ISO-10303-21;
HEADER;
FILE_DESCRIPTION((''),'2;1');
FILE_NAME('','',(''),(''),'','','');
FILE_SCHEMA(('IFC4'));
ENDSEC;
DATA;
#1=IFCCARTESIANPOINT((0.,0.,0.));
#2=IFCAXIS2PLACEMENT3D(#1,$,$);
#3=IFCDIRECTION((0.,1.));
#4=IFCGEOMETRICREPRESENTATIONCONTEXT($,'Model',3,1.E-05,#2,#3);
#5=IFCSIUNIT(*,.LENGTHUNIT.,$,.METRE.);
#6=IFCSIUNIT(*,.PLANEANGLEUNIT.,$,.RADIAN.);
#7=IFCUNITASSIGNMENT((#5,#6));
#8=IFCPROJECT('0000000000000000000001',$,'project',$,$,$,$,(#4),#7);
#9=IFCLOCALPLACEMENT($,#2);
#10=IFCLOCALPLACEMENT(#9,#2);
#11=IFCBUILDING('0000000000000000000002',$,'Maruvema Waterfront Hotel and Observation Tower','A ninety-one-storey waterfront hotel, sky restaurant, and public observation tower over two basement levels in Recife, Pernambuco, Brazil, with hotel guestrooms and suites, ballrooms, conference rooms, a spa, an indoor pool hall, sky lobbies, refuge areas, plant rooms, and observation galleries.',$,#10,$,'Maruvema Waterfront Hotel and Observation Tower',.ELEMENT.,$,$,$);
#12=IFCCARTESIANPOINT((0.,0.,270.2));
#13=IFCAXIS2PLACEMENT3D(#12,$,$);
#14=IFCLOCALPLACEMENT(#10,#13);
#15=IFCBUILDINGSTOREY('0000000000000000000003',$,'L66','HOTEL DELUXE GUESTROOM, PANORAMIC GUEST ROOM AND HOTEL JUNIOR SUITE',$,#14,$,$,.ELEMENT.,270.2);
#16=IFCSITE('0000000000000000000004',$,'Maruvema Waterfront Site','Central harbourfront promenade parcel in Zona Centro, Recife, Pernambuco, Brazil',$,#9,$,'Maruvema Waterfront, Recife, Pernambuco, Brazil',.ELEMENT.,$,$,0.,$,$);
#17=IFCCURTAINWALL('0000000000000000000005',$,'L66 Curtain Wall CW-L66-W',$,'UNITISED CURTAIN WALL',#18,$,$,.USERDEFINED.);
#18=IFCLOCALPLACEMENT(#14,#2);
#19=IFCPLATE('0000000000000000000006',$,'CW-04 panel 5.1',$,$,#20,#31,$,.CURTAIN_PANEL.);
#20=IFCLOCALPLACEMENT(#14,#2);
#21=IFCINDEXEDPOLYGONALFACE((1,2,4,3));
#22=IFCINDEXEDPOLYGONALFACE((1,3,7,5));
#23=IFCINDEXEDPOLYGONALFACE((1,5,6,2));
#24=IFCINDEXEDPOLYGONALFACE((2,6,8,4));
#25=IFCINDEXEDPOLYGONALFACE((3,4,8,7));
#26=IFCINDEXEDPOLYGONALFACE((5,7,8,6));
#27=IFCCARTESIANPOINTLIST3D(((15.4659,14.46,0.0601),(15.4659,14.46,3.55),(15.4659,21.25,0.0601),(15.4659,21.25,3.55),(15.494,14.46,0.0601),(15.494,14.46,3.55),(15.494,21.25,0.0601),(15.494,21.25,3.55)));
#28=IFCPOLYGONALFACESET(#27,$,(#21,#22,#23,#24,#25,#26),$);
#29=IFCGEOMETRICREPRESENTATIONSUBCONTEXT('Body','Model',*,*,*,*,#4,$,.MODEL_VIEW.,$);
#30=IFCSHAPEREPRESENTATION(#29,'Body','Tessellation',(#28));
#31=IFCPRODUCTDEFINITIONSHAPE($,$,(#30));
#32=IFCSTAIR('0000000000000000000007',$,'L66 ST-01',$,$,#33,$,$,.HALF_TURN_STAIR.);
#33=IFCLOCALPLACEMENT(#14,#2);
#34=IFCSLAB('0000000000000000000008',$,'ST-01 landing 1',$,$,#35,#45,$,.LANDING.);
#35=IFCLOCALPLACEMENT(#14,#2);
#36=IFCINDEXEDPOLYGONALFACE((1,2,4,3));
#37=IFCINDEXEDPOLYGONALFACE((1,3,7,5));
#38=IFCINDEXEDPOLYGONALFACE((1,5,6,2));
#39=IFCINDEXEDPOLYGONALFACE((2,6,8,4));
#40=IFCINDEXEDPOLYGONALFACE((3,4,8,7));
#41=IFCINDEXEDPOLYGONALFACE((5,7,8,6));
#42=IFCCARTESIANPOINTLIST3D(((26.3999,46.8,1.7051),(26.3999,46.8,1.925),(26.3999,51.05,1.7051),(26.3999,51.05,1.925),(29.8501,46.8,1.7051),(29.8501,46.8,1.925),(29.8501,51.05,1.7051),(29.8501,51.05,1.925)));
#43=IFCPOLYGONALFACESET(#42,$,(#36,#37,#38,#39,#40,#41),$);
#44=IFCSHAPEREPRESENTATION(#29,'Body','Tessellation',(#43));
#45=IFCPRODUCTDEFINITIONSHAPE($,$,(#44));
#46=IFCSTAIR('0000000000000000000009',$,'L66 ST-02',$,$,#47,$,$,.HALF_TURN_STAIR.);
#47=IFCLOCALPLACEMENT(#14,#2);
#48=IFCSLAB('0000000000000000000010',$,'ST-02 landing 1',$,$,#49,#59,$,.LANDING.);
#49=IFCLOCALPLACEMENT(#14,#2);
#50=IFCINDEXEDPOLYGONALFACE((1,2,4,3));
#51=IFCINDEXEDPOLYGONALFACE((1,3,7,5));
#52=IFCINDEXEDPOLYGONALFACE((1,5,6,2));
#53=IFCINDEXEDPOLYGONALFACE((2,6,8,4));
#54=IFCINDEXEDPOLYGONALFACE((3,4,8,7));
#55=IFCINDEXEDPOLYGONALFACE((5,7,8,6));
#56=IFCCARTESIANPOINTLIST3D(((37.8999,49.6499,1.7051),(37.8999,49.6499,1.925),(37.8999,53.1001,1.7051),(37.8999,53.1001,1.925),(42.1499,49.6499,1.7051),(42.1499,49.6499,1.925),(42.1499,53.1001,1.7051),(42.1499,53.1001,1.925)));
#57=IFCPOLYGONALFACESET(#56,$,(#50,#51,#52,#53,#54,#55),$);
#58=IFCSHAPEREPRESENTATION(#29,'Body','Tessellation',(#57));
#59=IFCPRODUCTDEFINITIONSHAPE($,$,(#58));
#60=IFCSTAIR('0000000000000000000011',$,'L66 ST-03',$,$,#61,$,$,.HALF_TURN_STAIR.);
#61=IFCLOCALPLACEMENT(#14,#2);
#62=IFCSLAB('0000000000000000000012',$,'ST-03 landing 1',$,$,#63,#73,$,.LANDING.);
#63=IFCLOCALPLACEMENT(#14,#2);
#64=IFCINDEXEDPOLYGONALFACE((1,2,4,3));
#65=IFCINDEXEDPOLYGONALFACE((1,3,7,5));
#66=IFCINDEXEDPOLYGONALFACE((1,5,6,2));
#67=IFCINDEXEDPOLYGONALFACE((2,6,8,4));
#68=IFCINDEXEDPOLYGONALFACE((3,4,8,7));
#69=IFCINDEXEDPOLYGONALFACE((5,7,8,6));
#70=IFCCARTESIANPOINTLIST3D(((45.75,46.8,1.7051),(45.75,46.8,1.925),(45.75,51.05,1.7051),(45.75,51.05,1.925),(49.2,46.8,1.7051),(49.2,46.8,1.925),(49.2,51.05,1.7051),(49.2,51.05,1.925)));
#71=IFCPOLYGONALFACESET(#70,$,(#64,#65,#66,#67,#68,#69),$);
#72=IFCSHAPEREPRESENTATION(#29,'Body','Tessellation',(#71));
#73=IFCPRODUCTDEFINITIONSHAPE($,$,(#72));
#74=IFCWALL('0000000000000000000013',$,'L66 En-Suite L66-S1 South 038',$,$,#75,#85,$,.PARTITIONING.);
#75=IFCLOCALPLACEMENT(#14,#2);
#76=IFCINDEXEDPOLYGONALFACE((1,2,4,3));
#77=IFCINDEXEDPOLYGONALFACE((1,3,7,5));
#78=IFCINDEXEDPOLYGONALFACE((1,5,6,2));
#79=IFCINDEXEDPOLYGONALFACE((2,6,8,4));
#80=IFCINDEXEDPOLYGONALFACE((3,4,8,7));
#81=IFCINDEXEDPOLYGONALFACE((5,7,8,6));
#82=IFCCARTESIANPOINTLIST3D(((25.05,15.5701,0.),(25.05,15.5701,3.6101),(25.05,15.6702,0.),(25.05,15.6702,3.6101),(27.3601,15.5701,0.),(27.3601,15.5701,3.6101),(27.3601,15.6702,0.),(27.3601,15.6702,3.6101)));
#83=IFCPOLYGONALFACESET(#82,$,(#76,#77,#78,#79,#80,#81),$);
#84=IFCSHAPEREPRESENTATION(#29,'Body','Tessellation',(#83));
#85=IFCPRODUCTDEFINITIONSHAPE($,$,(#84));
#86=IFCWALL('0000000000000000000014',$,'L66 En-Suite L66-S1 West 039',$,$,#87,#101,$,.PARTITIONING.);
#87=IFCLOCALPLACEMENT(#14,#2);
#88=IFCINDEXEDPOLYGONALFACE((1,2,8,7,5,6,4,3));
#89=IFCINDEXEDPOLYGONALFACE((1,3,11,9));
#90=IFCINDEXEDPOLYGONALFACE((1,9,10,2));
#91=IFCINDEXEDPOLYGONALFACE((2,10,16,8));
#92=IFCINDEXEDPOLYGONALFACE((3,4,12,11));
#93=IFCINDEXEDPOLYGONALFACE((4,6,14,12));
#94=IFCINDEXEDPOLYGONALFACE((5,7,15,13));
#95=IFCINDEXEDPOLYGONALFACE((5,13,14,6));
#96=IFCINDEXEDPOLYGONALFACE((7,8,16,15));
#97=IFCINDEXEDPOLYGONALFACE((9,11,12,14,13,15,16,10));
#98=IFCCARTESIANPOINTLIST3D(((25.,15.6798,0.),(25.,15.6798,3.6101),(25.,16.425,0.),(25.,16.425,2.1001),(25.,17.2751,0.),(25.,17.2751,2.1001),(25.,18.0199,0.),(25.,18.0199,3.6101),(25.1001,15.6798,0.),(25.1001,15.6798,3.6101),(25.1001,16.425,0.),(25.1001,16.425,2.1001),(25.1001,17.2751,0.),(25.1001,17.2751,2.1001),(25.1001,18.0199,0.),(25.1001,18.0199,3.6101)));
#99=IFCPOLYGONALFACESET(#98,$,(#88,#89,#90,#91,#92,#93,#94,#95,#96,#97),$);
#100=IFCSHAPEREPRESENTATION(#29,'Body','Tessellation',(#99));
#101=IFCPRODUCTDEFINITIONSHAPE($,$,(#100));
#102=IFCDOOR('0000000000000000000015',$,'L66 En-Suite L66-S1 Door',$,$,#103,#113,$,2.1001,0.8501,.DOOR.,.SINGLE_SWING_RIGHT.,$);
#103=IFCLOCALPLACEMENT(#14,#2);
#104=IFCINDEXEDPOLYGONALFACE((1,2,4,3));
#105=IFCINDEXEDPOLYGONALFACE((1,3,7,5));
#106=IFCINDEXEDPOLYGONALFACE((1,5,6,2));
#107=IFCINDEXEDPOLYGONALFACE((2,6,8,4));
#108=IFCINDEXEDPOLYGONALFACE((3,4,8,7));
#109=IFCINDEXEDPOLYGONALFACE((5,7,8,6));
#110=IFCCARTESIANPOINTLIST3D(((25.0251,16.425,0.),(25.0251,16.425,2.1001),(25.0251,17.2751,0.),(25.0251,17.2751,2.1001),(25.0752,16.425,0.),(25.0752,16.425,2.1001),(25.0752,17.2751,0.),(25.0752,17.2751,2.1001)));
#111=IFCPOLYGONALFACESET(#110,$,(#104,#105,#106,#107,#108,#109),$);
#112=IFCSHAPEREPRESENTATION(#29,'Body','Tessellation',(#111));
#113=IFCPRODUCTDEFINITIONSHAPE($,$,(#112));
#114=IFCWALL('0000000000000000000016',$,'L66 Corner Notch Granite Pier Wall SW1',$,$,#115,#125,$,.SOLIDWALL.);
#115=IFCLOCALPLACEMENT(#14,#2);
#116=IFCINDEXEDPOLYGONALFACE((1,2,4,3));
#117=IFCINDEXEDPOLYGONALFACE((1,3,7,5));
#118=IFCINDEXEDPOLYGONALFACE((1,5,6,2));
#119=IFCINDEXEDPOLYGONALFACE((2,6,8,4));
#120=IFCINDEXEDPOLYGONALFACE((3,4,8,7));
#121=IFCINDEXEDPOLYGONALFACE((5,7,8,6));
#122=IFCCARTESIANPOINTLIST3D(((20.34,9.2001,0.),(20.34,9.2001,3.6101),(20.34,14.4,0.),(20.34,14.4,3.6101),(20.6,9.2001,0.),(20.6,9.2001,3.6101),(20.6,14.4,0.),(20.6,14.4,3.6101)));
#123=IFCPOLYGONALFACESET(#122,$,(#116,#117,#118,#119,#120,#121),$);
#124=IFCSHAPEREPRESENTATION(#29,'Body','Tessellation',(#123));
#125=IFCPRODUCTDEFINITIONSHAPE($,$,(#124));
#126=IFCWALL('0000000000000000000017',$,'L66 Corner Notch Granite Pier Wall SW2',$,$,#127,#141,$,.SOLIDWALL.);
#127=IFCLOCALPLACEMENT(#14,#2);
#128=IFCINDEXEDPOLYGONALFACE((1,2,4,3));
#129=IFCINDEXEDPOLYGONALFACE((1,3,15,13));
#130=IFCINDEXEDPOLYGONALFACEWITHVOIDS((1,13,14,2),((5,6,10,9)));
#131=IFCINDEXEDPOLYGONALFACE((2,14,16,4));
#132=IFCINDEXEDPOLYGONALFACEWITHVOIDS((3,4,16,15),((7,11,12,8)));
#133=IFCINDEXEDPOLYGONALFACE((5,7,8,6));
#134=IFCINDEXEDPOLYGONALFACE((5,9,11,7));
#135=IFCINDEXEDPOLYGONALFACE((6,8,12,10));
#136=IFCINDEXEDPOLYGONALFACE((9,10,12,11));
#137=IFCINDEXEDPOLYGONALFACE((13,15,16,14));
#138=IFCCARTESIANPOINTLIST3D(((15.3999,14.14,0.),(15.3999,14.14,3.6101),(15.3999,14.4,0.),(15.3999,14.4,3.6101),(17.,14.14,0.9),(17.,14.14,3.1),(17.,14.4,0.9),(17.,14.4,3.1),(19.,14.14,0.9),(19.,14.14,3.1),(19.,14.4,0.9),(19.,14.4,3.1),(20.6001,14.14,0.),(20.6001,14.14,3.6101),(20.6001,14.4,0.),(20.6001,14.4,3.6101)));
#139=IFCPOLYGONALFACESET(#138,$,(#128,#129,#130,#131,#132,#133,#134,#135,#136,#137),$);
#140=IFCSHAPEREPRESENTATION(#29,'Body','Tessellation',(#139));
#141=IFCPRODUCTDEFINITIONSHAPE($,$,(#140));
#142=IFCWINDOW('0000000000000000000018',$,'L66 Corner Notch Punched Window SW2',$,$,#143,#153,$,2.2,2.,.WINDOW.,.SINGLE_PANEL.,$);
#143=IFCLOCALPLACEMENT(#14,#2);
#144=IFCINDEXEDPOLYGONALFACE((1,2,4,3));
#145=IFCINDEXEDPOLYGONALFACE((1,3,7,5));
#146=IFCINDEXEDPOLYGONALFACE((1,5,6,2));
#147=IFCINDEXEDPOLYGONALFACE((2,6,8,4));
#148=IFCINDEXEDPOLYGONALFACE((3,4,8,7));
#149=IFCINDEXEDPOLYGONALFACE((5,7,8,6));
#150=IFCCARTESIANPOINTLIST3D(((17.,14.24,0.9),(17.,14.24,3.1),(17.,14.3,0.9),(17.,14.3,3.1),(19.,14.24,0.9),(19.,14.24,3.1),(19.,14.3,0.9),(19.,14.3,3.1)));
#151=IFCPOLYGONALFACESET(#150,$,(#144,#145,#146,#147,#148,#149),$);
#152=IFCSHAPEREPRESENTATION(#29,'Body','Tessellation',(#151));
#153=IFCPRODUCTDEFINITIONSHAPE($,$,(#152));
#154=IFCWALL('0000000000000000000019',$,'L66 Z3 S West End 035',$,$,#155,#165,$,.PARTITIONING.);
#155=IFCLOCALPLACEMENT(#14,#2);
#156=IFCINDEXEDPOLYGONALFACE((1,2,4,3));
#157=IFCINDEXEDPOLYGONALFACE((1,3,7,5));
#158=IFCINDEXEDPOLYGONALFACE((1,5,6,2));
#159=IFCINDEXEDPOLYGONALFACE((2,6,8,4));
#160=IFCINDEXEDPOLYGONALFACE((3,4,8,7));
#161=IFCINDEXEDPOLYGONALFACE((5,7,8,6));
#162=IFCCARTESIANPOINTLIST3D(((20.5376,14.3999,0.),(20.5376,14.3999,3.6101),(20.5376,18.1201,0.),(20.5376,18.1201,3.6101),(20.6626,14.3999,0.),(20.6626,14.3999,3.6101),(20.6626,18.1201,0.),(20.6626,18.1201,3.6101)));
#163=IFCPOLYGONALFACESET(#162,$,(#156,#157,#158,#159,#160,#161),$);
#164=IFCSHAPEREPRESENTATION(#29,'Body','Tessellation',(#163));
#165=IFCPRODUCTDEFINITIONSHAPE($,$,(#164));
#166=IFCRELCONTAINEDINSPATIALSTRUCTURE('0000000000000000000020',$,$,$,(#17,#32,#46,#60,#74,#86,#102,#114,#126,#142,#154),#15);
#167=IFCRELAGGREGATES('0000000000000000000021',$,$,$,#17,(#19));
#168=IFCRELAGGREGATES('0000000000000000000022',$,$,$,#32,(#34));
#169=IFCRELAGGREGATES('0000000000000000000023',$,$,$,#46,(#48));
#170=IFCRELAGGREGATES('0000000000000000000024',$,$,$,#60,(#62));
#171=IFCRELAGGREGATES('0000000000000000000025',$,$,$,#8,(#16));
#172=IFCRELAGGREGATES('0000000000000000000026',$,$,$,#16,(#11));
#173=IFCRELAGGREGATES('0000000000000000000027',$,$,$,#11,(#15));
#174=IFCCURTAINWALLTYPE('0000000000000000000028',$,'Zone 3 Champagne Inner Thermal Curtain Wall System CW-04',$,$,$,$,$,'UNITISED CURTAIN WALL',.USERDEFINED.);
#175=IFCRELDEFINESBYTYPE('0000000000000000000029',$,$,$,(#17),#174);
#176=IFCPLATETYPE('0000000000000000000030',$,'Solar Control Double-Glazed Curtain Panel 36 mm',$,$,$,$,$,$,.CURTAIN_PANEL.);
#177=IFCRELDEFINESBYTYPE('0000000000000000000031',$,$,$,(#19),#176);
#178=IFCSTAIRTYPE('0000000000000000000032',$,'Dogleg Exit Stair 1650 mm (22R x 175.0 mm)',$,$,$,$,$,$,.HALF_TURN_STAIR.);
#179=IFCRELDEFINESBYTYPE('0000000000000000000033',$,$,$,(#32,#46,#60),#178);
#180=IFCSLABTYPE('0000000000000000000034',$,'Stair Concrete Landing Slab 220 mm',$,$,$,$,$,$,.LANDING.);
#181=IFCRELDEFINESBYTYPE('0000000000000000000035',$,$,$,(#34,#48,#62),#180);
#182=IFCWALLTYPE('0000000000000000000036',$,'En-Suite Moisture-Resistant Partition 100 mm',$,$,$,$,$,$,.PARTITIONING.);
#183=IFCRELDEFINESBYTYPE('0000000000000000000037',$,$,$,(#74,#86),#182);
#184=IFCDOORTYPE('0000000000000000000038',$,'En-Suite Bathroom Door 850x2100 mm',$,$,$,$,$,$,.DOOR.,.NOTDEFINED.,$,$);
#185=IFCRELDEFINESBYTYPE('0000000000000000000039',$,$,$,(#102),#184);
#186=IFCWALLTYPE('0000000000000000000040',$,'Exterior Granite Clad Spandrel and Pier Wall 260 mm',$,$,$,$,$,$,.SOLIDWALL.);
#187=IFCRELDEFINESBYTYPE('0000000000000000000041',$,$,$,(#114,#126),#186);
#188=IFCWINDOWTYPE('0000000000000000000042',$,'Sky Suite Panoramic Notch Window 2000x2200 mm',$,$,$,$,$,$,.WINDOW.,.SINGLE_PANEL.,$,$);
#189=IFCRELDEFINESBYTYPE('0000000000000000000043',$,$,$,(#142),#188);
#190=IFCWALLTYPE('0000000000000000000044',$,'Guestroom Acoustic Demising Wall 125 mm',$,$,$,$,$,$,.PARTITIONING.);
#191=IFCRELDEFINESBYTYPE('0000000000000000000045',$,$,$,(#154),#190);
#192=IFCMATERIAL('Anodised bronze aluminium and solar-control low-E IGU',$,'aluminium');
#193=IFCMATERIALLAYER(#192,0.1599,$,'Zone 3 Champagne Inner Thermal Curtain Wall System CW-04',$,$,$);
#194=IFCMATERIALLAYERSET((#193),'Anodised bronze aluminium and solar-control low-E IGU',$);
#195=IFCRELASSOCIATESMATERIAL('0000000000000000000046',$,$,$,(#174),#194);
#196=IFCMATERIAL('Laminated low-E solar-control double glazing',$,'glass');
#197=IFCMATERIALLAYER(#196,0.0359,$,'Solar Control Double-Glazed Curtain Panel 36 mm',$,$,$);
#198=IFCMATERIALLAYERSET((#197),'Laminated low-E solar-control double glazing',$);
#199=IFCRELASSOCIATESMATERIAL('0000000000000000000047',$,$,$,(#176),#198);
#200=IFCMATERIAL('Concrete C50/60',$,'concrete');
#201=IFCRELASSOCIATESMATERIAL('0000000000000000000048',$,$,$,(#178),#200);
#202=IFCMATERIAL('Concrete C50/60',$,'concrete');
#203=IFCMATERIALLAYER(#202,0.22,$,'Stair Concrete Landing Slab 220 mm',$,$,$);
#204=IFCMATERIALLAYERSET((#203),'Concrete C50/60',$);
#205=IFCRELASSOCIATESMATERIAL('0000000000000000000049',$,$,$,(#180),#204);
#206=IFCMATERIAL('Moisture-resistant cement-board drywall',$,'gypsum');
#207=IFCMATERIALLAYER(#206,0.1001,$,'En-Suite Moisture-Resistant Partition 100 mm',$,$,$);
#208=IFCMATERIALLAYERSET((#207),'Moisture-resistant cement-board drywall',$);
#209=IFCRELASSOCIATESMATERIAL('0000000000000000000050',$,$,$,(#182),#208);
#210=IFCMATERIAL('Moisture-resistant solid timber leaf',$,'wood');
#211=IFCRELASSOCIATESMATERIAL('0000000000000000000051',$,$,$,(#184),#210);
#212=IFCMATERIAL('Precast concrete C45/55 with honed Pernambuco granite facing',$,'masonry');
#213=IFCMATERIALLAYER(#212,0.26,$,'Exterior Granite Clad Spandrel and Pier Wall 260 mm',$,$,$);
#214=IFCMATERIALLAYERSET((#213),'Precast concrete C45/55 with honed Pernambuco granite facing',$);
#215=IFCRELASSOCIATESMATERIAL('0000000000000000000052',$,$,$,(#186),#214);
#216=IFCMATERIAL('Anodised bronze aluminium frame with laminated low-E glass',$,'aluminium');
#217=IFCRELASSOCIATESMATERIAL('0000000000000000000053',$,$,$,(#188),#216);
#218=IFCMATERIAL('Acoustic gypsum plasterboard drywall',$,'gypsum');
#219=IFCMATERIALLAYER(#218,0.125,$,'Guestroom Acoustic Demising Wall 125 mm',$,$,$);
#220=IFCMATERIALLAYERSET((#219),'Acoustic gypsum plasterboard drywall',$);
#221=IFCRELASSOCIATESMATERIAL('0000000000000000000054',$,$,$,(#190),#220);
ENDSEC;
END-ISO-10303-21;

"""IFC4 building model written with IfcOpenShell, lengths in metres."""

from ifc_helpers import new_model, si_unit, direction, frame, frame_2d, origin, origin_2d, place, context, subcontext, project, spatial, polyline, rectangle, outline, extrude, material, layer, layer_set, type_object, element, fill, aggregate, save


model = new_model("IFC4")

# Units and contexts
model_context = context("Model", 3, precision=1e-05, world=origin(), true_north=direction((0.0, 1.0)))
body_context = subcontext(model_context, "Body", "Model", "MODEL_VIEW")
ifc_project = project(units=[si_unit("LENGTHUNIT", "METRE"), si_unit("PLANEANGLEUNIT", "RADIAN")], contexts=[model_context])

# Site, building, storey
site_placement = place(None, origin())
site = spatial("IfcSite", under=ifc_project, at=site_placement, Name="Maruvema Waterfront Site", Description="Central harbourfront promenade parcel in Zona Centro, Recife, Pernambuco, Brazil", LongName="Maruvema Waterfront, Recife, Pernambuco, Brazil", CompositionType="ELEMENT", RefElevation=0.0)
building_placement = place(site_placement, origin())
building = spatial("IfcBuilding", under=site, at=building_placement, Name="Maruvema Waterfront Hotel and Observation Tower", Description="A ninety-one-storey waterfront hotel, sky restaurant, and public observation tower over two basement levels in Recife, Pernambuco, Brazil, with hotel guestrooms and suites, ballrooms, conference rooms, a spa, an indoor pool hall, sky lobbies, refuge areas, plant rooms, and observation galleries.", LongName="Maruvema Waterfront Hotel and Observation Tower", CompositionType="ELEMENT")
storey_placement = place(building_placement, frame((0.0, 0.0, 270.2)))
storey = spatial("IfcBuildingStorey", under=building, at=storey_placement, Name="L66", Description="HOTEL DELUXE GUESTROOM, PANORAMIC GUEST ROOM AND HOTEL JUNIOR SUITE", CompositionType="ELEMENT", Elevation=270.2)

# Shared definitions
ifc_material_1 = material(Name="Anodised bronze aluminium and solar-control low-E IGU", Category="aluminium")
ifc_layer_1 = layer(ifc_material_1, 0.1599, Name="Zone 3 Champagne Inner Thermal Curtain Wall System CW-04")
ifc_layer_set_1 = layer_set([ifc_layer_1], Name="Anodised bronze aluminium and solar-control low-E IGU")
curtain_wall_type = type_object("IfcCurtainWallType", Name="Zone 3 Champagne Inner Thermal Curtain Wall System CW-04", ElementType="UNITISED CURTAIN WALL", PredefinedType="USERDEFINED", material=ifc_layer_set_1)

# Curtain wall
curtain_wall_1_placement = place(storey_placement, origin())
curtain_wall_1 = element("IfcCurtainWall", 1, at=curtain_wall_1_placement, inside=storey, type_object=curtain_wall_type, Name="L66 Curtain Wall CW-L66-W", ObjectType="UNITISED CURTAIN WALL", PredefinedType="USERDEFINED")

# Plate
ifc_material_2 = material(Name="Laminated low-E solar-control double glazing", Category="glass")
ifc_layer_2 = layer(ifc_material_2, 0.0359, Name="Solar Control Double-Glazed Curtain Panel 36 mm")
ifc_layer_set_2 = layer_set([ifc_layer_2], Name="Laminated low-E solar-control double glazing")
plate_type = type_object("IfcPlateType", Name="Solar Control Double-Glazed Curtain Panel 36 mm", PredefinedType="CURTAIN_PANEL", material=ifc_layer_set_2)
plate_1_placement = place(storey_placement, frame((15.48, 17.855, 0.0601), z_axis=(0.0, 0.0, 1.0), x_axis=(0.0, -1.0, 0.0)))
plate_1 = element("IfcPlate", 2, at=plate_1_placement, type_object=plate_type, Name="CW-04 panel 5.1", PredefinedType="CURTAIN_PANEL", context=body_context, shape_type="SweptSolid", body=[
    extrude(rectangle(XDim=6.79, YDim=0.0281, at=origin_2d()), origin(), (0.0, 0.0, 1.0), 3.49),
])
aggregate(curtain_wall_1, [plate_1])

# Stairs, slabs
ifc_material_3 = material(Name="Concrete C50/60", Category="concrete")
stair_type = type_object("IfcStairType", Name="Dogleg Exit Stair 1650 mm (22R x 175.0 mm)", PredefinedType="HALF_TURN_STAIR", material=ifc_material_3)
stair_1_placement = place(storey_placement, origin())
stair_1 = element("IfcStair", 3, at=stair_1_placement, inside=storey, type_object=stair_type, Name="L66 ST-01", PredefinedType="HALF_TURN_STAIR")
ifc_material_4 = material(Name="Concrete C50/60", Category="concrete")
ifc_layer_3 = layer(ifc_material_4, 0.22, Name="Stair Concrete Landing Slab 220 mm")
ifc_layer_set_3 = layer_set([ifc_layer_3], Name="Concrete C50/60")
slab_type_1 = type_object("IfcSlabType", Name="Stair Concrete Landing Slab 220 mm", PredefinedType="LANDING", material=ifc_layer_set_3)
slab_1_placement = place(storey_placement, frame((0.0, 0.0, 1.7051)))
slab_1 = element("IfcSlab", 4, at=slab_1_placement, type_object=slab_type_1, Name="ST-01 landing 1", PredefinedType="LANDING", context=body_context, shape_type="SweptSolid", body=[
    extrude(outline(polyline([(29.8501, 46.8), (29.8501, 51.05), (26.3999, 51.05), (26.3999, 46.8), (29.8501, 46.8)])), origin(), (0.0, 0.0, 1.0), 0.22),
])
aggregate(stair_1, [slab_1])
stair_2_placement = place(storey_placement, origin())
stair_2 = element("IfcStair", 5, at=stair_2_placement, inside=storey, type_object=stair_type, Name="L66 ST-02", PredefinedType="HALF_TURN_STAIR")
slab_2_placement = place(storey_placement, frame((0.0, 0.0, 1.7051)))
slab_2 = element("IfcSlab", 6, at=slab_2_placement, type_object=slab_type_1, Name="ST-02 landing 1", PredefinedType="LANDING", context=body_context, shape_type="SweptSolid", body=[
    extrude(outline(polyline([(37.8999, 49.6499), (42.1499, 49.6499), (42.1499, 53.1001), (37.8999, 53.1001), (37.8999, 49.6499)])), origin(), (0.0, 0.0, 1.0), 0.22),
])
aggregate(stair_2, [slab_2])
stair_3_placement = place(storey_placement, origin())
stair_3 = element("IfcStair", 7, at=stair_3_placement, inside=storey, type_object=stair_type, Name="L66 ST-03", PredefinedType="HALF_TURN_STAIR")
slab_3_placement = place(storey_placement, frame((0.0, 0.0, 1.7051)))
slab_3 = element("IfcSlab", 8, at=slab_3_placement, type_object=slab_type_1, Name="ST-03 landing 1", PredefinedType="LANDING", context=body_context, shape_type="SweptSolid", body=[
    extrude(outline(polyline([(49.2, 46.8), (49.2, 51.05), (45.75, 51.05), (45.75, 46.8), (49.2, 46.8)])), origin(), (0.0, 0.0, 1.0), 0.22),
])
aggregate(stair_3, [slab_3])

# Wall
ifc_material_5 = material(Name="Moisture-resistant cement-board drywall", Category="gypsum")
ifc_layer_4 = layer(ifc_material_5, 0.1001, Name="En-Suite Moisture-Resistant Partition 100 mm")
ifc_layer_set_4 = layer_set([ifc_layer_4], Name="Moisture-resistant cement-board drywall")
wall_type_1 = type_object("IfcWallType", Name="En-Suite Moisture-Resistant Partition 100 mm", PredefinedType="PARTITIONING", material=ifc_layer_set_4)
wall_1_placement = place(storey_placement, frame((25.05, 15.6201, 0.0), z_axis=(0.0, 0.0, 1.0), x_axis=(1.0, 0.0, 0.0)))
element("IfcWall", 9, at=wall_1_placement, inside=storey, type_object=wall_type_1, Name="L66 En-Suite L66-S1 South 038", PredefinedType="PARTITIONING", context=body_context, shape_type="SweptSolid", body=[
    extrude(rectangle(XDim=2.3101, YDim=0.1001, at=frame_2d((1.155, 0.0))), origin(), (0.0, 0.0, 1.0), 3.6101),
])

# Wall, opening, door
wall_2_placement = place(storey_placement, frame((25.05, 15.6799, 0.0), z_axis=(0.0, 0.0, 1.0), x_axis=(0.0, 1.0, 0.0)))
wall_2 = element("IfcWall", 10, at=wall_2_placement, inside=storey, type_object=wall_type_1, Name="L66 En-Suite L66-S1 West 039", PredefinedType="PARTITIONING", context=body_context, shape_type="SweptSolid", body=[
    extrude(rectangle(XDim=2.3401, YDim=0.1001, at=frame_2d((1.1699, 0.0))), origin(), (0.0, 0.0, 1.0), 3.6101),
])
opening_1_placement = place(wall_2_placement, frame((0.7451, 0.0, 0.0)))
opening_1 = element("IfcOpeningElement", 11, at=opening_1_placement, cuts=wall_2, PredefinedType="OPENING", context=body_context, shape_type="SweptSolid", body=[
    extrude(rectangle(XDim=0.8501, YDim=2.1001, at=frame_2d((0.425, 1.05))), frame((0.0, 0.0601, 0.0), z_axis=(0.0, -1.0, 0.0), x_axis=(1.0, 0.0, 0.0)), (0.0, 0.0, 1.0), 0.1201),
])
ifc_material_6 = material(Name="Moisture-resistant solid timber leaf", Category="wood")
door_type = type_object("IfcDoorType", Name="En-Suite Bathroom Door 850x2100 mm", OperationType="NOTDEFINED", PredefinedType="DOOR", material=ifc_material_6)
door_placement = place(opening_1_placement, origin())
door = element("IfcDoor", 12, at=door_placement, inside=storey, type_object=door_type, Name="L66 En-Suite L66-S1 Door", OperationType="SINGLE_SWING_RIGHT", OverallHeight=2.1001, OverallWidth=0.8501, PredefinedType="DOOR", context=body_context, shape_type="SweptSolid", body=[
    extrude(rectangle(XDim=0.8501, YDim=2.1001, at=frame_2d((0.425, 1.05))), frame((0.0, 0.0249, 0.0), z_axis=(0.0, -1.0, 0.0), x_axis=(1.0, 0.0, 0.0)), (0.0, 0.0, 1.0), 0.05),
])
fill(opening_1, door)

# Wall
ifc_material_7 = material(Name="Precast concrete C45/55 with honed Pernambuco granite facing", Category="masonry")
ifc_layer_5 = layer(ifc_material_7, 0.26, Name="Exterior Granite Clad Spandrel and Pier Wall 260 mm")
ifc_layer_set_5 = layer_set([ifc_layer_5], Name="Precast concrete C45/55 with honed Pernambuco granite facing")
wall_type_2 = type_object("IfcWallType", Name="Exterior Granite Clad Spandrel and Pier Wall 260 mm", PredefinedType="SOLIDWALL", material=ifc_layer_set_5)
wall_3_placement = place(storey_placement, frame((20.47, 9.2, 0.0), z_axis=(0.0, 0.0, 1.0), x_axis=(0.0, 1.0, 0.0)))
element("IfcWall", 13, at=wall_3_placement, inside=storey, type_object=wall_type_2, Name="L66 Corner Notch Granite Pier Wall SW1", PredefinedType="SOLIDWALL", context=body_context, shape_type="SweptSolid", body=[
    extrude(rectangle(XDim=5.2, YDim=0.26, at=frame_2d((2.6001, 0.0))), origin(), (0.0, 0.0, 1.0), 3.6101),
])

# Wall, opening, window
wall_4_placement = place(storey_placement, frame((20.6001, 14.27, 0.0), z_axis=(0.0, 0.0, 1.0), x_axis=(-1.0, 0.0, 0.0)))
wall_4 = element("IfcWall", 14, at=wall_4_placement, inside=storey, type_object=wall_type_2, Name="L66 Corner Notch Granite Pier Wall SW2", PredefinedType="SOLIDWALL", context=body_context, shape_type="SweptSolid", body=[
    extrude(rectangle(XDim=5.2002, YDim=0.26, at=frame_2d((2.6001, 0.0))), origin(), (0.0, 0.0, 1.0), 3.6101),
])
opening_2_placement = place(wall_4_placement, frame((1.6001, 0.0, 0.8999)))
opening_2 = element("IfcOpeningElement", 15, at=opening_2_placement, cuts=wall_4, PredefinedType="OPENING", context=body_context, shape_type="SweptSolid", body=[
    extrude(rectangle(XDim=2.0, YDim=2.2, at=frame_2d((1.0, 1.1001))), frame((0.0, 0.1401, 0.0), z_axis=(0.0, -1.0, 0.0), x_axis=(1.0, 0.0, 0.0)), (0.0, 0.0, 1.0), 0.28),
])
ifc_material_8 = material(Name="Anodised bronze aluminium frame with laminated low-E glass", Category="aluminium")
window_type = type_object("IfcWindowType", Name="Sky Suite Panoramic Notch Window 2000x2200 mm", PartitioningType="SINGLE_PANEL", PredefinedType="WINDOW", material=ifc_material_8)
window_placement = place(opening_2_placement, origin())
window = element("IfcWindow", 16, at=window_placement, inside=storey, type_object=window_type, Name="L66 Corner Notch Punched Window SW2", OverallHeight=2.2, OverallWidth=2.0, PartitioningType="SINGLE_PANEL", PredefinedType="WINDOW", context=body_context, shape_type="SweptSolid", body=[
    extrude(rectangle(XDim=2.0, YDim=2.2, at=frame_2d((1.0, 1.1001))), frame((0.0, 0.03, 0.0), z_axis=(0.0, -1.0, 0.0), x_axis=(1.0, 0.0, 0.0)), (0.0, 0.0, 1.0), 0.0601),
])
fill(opening_2, window)

# Wall
ifc_material_9 = material(Name="Acoustic gypsum plasterboard drywall", Category="gypsum")
ifc_layer_6 = layer(ifc_material_9, 0.125, Name="Guestroom Acoustic Demising Wall 125 mm")
ifc_layer_set_6 = layer_set([ifc_layer_6], Name="Acoustic gypsum plasterboard drywall")
wall_type_3 = type_object("IfcWallType", Name="Guestroom Acoustic Demising Wall 125 mm", PredefinedType="PARTITIONING", material=ifc_layer_set_6)
wall_5_placement = place(storey_placement, frame((20.6001, 14.3999, 0.0), z_axis=(0.0, 0.0, 1.0), x_axis=(0.0, 1.0, 0.0)))
element("IfcWall", 17, at=wall_5_placement, inside=storey, type_object=wall_type_3, Name="L66 Z3 S West End 035", PredefinedType="PARTITIONING", context=body_context, shape_type="SweptSolid", body=[
    extrude(rectangle(XDim=3.7202, YDim=0.125, at=frame_2d((1.8601, 0.0))), origin(), (0.0, 0.0, 1.0), 3.6101),
])

save(model, "model.ifc")
